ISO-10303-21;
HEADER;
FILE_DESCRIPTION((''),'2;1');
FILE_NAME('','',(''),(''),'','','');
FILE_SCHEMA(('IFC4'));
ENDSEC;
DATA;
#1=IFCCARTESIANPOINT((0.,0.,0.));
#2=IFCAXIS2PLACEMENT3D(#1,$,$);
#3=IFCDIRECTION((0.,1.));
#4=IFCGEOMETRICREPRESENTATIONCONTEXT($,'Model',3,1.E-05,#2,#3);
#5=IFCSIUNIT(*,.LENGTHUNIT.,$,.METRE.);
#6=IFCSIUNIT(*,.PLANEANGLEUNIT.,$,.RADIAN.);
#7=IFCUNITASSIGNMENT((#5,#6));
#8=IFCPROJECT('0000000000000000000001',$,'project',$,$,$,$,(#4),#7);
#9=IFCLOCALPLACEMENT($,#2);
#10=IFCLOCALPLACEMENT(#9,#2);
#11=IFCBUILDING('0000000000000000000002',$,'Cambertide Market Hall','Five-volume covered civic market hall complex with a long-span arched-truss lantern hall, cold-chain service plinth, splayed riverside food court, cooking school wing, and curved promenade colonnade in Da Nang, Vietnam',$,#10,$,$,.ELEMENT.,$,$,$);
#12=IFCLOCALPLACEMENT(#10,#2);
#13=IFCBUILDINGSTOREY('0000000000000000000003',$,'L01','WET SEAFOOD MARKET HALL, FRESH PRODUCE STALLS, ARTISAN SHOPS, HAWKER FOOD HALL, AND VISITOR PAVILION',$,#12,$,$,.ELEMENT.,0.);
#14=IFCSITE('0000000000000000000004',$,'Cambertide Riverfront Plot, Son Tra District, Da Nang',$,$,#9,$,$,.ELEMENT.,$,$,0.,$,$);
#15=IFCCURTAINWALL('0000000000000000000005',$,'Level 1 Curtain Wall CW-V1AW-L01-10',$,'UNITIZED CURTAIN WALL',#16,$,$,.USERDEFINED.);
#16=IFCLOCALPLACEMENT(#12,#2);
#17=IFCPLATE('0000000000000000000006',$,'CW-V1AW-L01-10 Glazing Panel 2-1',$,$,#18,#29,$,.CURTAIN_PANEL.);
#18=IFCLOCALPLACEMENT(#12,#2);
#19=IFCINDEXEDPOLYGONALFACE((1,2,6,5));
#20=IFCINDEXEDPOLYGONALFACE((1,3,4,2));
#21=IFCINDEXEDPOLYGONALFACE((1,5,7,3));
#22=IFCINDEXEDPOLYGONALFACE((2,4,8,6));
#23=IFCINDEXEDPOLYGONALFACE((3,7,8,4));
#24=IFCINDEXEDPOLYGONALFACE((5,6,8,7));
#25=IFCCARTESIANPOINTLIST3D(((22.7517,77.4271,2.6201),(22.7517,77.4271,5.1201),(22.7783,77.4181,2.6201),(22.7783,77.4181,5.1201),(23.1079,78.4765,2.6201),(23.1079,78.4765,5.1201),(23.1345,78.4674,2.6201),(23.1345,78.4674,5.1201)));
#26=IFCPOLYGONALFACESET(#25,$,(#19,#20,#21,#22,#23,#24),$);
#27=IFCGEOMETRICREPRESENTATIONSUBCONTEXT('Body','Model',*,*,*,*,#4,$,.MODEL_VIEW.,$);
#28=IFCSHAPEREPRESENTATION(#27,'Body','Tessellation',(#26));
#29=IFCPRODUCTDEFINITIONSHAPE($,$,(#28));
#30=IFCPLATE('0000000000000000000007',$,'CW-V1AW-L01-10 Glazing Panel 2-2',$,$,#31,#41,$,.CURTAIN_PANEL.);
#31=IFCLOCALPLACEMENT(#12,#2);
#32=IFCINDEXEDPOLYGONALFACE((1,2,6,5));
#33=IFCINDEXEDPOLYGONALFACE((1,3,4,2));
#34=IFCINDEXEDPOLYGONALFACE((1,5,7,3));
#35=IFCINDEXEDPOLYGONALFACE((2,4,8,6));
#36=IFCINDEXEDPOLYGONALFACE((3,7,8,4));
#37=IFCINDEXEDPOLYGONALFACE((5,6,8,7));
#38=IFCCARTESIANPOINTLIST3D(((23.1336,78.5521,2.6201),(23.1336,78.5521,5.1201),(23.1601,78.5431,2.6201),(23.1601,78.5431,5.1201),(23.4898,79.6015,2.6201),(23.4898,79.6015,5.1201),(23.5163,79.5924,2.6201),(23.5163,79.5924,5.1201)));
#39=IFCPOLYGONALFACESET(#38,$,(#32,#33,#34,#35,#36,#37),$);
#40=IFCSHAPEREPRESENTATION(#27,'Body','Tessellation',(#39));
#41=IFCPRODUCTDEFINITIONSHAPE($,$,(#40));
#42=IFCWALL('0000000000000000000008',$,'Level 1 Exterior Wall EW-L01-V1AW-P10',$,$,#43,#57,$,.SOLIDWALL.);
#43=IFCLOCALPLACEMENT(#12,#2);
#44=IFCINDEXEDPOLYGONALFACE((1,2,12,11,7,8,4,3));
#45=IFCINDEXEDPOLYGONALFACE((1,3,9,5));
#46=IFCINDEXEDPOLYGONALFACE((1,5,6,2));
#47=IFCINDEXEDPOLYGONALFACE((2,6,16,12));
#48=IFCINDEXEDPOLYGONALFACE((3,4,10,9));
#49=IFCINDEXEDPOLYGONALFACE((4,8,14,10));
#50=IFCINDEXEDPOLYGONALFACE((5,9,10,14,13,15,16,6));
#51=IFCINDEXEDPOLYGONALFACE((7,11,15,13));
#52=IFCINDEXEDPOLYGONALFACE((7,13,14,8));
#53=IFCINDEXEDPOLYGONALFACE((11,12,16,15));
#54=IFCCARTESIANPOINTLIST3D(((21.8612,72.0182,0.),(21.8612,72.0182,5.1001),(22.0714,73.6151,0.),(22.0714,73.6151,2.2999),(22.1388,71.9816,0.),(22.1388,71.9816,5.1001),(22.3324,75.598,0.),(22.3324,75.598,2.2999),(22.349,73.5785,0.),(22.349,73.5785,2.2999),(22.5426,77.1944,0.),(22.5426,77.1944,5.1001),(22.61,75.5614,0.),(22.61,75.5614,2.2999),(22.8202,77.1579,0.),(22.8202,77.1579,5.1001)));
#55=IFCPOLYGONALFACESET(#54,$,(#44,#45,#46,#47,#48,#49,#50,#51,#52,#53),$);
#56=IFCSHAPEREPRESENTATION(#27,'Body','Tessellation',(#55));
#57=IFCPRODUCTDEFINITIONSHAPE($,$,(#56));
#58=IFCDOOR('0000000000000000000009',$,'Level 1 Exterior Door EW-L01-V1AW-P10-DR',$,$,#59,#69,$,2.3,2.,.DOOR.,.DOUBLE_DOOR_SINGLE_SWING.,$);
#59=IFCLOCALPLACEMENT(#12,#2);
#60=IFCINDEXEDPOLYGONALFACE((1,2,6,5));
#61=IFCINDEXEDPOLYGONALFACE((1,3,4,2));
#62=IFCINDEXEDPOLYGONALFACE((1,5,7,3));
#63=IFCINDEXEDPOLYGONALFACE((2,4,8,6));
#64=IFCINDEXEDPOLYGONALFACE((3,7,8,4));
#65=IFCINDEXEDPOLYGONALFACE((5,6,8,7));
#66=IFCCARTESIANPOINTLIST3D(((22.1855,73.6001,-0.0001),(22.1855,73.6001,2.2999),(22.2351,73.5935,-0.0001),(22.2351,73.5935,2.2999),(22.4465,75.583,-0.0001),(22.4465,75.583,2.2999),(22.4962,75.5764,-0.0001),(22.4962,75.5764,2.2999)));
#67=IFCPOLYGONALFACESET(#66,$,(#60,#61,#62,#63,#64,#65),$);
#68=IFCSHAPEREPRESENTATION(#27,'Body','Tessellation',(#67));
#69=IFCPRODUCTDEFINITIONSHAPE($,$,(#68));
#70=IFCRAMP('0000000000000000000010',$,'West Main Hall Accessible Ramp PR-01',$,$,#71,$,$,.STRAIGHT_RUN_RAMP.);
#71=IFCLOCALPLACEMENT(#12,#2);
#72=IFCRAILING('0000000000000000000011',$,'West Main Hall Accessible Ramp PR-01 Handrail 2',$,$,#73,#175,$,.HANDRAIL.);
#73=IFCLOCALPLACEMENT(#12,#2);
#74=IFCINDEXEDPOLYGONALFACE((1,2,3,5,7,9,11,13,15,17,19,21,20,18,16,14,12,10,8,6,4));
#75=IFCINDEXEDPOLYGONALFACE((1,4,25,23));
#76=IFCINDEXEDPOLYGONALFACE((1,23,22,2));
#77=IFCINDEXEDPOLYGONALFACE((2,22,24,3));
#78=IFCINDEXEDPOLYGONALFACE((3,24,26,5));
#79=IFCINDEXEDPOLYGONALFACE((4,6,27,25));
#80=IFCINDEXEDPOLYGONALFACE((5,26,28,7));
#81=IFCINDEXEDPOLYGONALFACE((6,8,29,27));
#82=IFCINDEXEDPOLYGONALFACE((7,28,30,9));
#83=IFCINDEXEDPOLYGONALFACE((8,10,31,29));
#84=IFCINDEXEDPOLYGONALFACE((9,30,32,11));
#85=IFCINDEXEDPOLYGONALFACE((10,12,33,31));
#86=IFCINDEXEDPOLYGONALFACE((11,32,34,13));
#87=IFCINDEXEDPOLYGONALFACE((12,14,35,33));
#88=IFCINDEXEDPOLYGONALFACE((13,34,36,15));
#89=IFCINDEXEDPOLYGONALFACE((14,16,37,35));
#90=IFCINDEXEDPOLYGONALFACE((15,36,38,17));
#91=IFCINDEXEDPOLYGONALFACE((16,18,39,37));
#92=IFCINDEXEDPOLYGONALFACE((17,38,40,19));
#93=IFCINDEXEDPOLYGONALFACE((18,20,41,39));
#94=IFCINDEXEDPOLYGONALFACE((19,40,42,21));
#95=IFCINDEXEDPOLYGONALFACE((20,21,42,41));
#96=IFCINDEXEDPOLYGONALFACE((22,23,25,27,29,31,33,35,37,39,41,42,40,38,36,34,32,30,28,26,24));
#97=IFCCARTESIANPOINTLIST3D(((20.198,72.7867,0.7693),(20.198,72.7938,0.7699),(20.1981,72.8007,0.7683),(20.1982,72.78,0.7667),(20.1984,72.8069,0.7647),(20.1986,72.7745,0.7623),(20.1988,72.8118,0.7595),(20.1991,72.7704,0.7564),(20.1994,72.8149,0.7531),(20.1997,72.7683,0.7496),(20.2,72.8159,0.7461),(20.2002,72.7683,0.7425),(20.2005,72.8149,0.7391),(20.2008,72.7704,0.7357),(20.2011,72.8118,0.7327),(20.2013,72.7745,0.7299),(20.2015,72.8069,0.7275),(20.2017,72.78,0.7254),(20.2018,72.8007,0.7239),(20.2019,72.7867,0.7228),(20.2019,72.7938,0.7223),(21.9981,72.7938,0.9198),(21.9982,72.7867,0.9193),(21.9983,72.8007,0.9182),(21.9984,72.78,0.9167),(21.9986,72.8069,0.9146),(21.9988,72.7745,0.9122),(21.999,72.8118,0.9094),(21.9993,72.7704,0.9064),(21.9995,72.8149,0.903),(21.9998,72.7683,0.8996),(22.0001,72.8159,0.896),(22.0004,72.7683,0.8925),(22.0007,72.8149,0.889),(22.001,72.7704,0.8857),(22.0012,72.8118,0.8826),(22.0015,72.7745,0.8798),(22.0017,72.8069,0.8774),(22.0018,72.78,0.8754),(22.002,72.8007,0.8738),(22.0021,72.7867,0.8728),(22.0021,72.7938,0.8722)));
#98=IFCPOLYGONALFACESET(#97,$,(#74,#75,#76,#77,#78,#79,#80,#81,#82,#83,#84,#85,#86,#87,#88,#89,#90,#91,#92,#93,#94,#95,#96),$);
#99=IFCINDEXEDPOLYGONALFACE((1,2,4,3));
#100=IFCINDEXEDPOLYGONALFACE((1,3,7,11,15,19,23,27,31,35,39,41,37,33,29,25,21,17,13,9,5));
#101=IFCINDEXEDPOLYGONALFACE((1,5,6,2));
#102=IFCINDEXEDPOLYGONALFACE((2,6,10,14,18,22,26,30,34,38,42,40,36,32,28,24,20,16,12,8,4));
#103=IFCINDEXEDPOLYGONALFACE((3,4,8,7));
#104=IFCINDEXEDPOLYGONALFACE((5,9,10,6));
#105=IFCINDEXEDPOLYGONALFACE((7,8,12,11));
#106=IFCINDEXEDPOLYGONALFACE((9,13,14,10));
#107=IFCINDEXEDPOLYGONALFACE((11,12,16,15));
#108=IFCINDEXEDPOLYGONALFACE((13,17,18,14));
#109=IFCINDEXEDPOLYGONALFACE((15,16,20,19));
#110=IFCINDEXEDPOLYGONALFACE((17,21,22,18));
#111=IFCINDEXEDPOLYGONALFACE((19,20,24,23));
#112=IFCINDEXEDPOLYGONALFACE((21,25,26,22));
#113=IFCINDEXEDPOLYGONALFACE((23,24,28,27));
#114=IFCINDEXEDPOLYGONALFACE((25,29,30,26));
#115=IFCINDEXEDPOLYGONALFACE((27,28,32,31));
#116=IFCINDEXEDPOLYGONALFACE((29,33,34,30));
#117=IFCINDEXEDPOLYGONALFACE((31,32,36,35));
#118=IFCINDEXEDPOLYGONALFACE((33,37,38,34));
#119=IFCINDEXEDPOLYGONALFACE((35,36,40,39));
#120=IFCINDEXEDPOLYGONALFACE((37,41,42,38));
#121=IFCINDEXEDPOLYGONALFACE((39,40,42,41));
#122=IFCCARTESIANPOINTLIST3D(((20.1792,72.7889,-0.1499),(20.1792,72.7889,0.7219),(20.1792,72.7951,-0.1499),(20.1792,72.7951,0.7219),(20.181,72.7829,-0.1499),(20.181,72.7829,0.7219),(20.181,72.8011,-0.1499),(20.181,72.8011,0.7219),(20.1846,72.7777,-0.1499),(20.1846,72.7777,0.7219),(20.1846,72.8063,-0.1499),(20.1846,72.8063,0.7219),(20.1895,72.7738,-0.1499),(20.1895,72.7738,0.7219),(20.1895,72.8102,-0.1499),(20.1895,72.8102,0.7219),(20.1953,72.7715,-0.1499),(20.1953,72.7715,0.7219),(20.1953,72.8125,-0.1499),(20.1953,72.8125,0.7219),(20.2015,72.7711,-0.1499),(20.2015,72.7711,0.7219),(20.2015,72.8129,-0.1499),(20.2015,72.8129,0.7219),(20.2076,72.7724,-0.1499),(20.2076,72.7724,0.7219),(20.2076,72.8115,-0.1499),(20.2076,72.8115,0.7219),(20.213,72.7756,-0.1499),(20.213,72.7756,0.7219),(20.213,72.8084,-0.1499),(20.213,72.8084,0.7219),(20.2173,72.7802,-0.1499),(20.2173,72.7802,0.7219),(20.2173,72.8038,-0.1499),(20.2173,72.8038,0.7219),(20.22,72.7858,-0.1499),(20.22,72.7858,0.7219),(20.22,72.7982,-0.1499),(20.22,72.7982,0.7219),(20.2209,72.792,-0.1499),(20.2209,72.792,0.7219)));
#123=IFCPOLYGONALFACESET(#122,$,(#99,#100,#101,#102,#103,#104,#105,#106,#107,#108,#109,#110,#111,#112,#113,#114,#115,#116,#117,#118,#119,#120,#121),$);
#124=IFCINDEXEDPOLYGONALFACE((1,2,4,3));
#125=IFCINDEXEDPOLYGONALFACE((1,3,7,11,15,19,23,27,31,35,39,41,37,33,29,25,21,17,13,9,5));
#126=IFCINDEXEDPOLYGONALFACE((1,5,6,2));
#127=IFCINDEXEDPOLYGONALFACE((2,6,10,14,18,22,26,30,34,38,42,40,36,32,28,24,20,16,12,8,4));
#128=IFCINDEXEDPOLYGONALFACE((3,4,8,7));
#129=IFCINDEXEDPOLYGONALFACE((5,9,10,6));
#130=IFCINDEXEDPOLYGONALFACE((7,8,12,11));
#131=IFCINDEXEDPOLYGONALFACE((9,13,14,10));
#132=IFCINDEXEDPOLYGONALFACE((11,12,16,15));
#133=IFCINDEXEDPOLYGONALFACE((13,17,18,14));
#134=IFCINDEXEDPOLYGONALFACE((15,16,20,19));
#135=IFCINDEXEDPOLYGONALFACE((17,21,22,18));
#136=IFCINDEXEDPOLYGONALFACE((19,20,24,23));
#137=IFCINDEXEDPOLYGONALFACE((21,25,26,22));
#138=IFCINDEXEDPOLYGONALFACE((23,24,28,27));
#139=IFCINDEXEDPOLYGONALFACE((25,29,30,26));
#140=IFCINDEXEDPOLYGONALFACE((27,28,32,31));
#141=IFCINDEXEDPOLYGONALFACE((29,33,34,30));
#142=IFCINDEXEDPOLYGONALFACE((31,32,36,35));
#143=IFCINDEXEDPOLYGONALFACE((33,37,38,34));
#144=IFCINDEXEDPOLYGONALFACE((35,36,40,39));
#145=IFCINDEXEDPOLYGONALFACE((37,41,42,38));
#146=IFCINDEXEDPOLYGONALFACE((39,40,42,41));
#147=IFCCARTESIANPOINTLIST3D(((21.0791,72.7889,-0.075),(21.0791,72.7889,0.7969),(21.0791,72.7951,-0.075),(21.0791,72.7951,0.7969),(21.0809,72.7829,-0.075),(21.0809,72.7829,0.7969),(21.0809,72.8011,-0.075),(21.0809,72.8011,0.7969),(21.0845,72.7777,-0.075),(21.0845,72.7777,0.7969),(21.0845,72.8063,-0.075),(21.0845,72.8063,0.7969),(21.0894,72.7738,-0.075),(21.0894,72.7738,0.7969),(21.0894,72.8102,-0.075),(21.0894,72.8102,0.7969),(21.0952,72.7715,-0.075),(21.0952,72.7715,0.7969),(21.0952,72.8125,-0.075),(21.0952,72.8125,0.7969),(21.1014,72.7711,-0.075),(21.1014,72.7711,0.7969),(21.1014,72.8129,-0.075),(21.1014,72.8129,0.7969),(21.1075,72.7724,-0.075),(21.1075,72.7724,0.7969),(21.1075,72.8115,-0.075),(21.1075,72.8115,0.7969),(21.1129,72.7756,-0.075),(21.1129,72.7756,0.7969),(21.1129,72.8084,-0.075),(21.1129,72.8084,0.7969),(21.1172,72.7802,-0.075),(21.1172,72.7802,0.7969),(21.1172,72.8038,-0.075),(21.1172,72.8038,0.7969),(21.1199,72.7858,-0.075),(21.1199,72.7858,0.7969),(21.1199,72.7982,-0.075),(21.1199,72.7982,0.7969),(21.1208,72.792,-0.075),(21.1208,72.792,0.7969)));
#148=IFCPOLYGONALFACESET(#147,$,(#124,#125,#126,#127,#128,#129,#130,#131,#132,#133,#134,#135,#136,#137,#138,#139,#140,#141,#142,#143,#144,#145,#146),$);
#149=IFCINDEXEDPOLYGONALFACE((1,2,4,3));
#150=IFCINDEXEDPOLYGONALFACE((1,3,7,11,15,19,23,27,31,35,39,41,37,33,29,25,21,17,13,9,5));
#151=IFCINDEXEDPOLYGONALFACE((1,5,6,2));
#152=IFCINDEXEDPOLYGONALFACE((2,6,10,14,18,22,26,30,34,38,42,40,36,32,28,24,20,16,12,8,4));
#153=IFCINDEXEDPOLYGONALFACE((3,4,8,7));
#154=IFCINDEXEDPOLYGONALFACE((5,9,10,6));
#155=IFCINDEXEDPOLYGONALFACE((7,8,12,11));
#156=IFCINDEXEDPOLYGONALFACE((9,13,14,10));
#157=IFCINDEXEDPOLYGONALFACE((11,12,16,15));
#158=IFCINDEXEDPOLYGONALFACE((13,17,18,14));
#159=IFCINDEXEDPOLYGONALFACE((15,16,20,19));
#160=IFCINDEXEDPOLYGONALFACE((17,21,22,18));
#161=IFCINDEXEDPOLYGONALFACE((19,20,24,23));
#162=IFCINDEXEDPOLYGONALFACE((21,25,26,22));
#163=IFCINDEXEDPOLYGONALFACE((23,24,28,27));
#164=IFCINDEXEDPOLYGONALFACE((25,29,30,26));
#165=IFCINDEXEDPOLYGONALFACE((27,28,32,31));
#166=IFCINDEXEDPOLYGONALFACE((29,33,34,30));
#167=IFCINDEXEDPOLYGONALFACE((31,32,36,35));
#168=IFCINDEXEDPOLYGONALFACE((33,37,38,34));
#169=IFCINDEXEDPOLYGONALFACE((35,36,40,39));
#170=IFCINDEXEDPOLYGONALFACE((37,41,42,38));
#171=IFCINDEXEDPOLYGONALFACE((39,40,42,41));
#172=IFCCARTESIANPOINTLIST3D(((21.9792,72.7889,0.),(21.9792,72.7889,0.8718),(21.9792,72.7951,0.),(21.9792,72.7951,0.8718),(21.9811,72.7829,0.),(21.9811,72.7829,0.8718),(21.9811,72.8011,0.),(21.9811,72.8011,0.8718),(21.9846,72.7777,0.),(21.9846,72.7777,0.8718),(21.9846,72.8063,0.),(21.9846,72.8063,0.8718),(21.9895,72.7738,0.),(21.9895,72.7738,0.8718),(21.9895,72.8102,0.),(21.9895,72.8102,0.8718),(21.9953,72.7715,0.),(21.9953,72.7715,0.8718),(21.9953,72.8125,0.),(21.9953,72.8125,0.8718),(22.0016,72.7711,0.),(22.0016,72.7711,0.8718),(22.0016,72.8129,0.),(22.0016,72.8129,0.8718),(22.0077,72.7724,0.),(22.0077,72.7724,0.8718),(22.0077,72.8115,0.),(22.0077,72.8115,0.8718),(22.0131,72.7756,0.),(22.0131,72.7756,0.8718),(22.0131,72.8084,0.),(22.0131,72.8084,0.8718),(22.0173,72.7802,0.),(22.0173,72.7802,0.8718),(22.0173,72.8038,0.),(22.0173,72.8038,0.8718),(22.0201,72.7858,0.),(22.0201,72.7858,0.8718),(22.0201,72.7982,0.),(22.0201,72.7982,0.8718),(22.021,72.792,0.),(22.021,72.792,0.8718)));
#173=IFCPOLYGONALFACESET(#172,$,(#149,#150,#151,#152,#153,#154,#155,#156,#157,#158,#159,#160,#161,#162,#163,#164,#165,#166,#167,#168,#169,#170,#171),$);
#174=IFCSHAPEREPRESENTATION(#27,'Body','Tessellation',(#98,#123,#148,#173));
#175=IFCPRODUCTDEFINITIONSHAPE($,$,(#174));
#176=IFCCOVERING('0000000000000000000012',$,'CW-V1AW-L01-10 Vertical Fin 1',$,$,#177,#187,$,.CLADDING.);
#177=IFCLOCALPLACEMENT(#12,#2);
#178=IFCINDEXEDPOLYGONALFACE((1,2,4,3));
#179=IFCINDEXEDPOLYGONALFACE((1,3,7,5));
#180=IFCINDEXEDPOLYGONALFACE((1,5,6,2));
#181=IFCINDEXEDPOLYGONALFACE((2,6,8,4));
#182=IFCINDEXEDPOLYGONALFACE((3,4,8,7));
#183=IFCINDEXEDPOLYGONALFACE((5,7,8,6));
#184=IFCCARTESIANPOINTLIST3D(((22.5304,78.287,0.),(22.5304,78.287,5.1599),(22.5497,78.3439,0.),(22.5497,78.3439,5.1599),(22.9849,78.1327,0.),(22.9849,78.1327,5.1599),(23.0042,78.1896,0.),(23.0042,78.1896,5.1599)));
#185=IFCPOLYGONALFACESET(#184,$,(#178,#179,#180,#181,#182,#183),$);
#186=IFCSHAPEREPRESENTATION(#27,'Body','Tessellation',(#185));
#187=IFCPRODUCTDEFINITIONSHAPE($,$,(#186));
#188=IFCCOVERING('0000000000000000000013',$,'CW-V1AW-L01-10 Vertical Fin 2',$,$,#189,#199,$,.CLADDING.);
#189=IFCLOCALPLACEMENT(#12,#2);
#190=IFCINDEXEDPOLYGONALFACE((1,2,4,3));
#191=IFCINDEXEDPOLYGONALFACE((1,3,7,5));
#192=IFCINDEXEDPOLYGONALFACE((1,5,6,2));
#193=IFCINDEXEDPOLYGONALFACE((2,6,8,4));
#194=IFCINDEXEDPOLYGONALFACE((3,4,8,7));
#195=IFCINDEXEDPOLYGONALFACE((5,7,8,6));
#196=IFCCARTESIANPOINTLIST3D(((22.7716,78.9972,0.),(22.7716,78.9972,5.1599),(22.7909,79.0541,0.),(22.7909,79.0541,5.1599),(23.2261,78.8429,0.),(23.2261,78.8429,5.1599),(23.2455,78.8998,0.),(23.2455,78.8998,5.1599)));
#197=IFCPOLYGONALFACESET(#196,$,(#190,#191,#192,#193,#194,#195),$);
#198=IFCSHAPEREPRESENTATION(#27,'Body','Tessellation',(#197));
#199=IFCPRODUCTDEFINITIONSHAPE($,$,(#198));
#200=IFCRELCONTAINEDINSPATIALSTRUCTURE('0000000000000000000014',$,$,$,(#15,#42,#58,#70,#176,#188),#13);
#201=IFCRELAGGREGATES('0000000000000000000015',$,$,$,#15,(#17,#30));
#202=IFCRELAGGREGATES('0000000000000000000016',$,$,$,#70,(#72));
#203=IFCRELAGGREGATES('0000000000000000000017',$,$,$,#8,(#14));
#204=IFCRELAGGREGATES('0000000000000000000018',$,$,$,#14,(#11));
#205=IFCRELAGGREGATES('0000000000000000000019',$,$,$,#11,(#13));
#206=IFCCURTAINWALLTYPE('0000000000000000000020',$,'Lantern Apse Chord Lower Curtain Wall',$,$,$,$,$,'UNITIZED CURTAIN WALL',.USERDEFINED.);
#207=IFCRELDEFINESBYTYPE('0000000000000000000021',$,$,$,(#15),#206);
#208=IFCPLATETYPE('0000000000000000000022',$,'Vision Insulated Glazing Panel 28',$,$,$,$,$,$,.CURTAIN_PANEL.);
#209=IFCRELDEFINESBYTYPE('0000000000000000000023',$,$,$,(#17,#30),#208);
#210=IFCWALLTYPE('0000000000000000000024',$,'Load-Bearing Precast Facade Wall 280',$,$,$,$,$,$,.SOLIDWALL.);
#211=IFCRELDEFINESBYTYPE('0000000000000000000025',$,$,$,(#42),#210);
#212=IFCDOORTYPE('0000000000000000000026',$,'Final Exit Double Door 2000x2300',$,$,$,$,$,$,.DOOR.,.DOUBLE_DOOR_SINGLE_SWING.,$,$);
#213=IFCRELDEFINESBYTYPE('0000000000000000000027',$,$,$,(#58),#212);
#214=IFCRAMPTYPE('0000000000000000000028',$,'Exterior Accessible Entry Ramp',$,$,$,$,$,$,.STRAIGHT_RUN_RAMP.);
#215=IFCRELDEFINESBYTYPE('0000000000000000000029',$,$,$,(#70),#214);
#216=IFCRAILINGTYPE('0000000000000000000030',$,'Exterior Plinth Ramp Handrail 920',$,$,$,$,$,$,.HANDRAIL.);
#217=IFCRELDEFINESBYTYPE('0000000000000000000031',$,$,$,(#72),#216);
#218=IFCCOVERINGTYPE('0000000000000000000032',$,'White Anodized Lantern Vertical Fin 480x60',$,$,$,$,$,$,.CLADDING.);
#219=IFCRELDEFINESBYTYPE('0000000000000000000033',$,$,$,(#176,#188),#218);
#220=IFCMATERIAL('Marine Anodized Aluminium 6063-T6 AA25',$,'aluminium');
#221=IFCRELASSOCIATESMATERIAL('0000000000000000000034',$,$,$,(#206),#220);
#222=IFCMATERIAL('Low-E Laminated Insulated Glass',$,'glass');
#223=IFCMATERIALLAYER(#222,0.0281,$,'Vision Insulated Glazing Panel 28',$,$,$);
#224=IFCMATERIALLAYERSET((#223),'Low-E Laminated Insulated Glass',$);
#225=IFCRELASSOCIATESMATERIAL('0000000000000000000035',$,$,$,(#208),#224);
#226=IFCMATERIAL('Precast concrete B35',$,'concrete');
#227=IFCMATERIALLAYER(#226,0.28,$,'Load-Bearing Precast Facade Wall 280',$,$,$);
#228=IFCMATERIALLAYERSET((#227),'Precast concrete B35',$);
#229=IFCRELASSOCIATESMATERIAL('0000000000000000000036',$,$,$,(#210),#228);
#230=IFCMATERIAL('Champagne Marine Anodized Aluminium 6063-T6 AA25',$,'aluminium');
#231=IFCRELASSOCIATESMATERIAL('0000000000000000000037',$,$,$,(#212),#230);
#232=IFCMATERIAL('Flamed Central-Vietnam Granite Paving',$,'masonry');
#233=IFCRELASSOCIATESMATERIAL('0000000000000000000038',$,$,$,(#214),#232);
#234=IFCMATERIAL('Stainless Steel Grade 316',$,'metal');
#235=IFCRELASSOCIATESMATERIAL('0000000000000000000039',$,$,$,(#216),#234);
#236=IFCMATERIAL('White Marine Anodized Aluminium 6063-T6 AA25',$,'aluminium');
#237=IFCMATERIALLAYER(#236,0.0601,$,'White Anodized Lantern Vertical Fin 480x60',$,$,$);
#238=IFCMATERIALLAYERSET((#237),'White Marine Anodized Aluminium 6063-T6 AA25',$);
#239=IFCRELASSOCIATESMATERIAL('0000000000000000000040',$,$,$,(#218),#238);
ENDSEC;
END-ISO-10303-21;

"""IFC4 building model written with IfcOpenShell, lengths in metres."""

from ifc_helpers import new_model, si_unit, direction, frame, frame_2d, origin, origin_2d, place, context, subcontext, project, spatial, rectangle, circle, extrude, material, layer, layer_set, type_object, element, fill, aggregate, save


model = new_model("IFC4")

# Units and contexts
model_context = context("Model", 3, precision=1e-05, world=origin(), true_north=direction((0.0, 1.0)))
body_context = subcontext(model_context, "Body", "Model", "MODEL_VIEW")
ifc_project = project(units=[si_unit("LENGTHUNIT", "METRE"), si_unit("PLANEANGLEUNIT", "RADIAN")], contexts=[model_context])

# Site, building, storey
site_placement = place(None, origin())
site = spatial("IfcSite", under=ifc_project, at=site_placement, Name="Cambertide Riverfront Plot, Son Tra District, Da Nang", CompositionType="ELEMENT", RefElevation=0.0)
building_placement = place(site_placement, origin())
building = spatial("IfcBuilding", under=site, at=building_placement, Name="Cambertide Market Hall", Description="Five-volume covered civic market hall complex with a long-span arched-truss lantern hall, cold-chain service plinth, splayed riverside food court, cooking school wing, and curved promenade colonnade in Da Nang, Vietnam", CompositionType="ELEMENT")
storey_placement = place(building_placement, origin())
storey = spatial("IfcBuildingStorey", under=building, at=storey_placement, Name="L01", Description="WET SEAFOOD MARKET HALL, FRESH PRODUCE STALLS, ARTISAN SHOPS, HAWKER FOOD HALL, AND VISITOR PAVILION", CompositionType="ELEMENT", Elevation=0.0)

# Shared definitions
ifc_material_1 = material(Name="Marine Anodized Aluminium 6063-T6 AA25", Category="aluminium")
curtain_wall_type = type_object("IfcCurtainWallType", Name="Lantern Apse Chord Lower Curtain Wall", ElementType="UNITIZED CURTAIN WALL", PredefinedType="USERDEFINED", material=ifc_material_1)

# Curtain wall
curtain_wall_1_placement = place(storey_placement, origin())
curtain_wall_1 = element("IfcCurtainWall", 1, at=curtain_wall_1_placement, inside=storey, type_object=curtain_wall_type, Name="Level 1 Curtain Wall CW-V1AW-L01-10", ObjectType="UNITIZED CURTAIN WALL", PredefinedType="USERDEFINED")

# Plates
ifc_material_2 = material(Name="Low-E Laminated Insulated Glass", Category="glass")
ifc_layer_1 = layer(ifc_material_2, 0.0281, Name="Vision Insulated Glazing Panel 28")
ifc_layer_set_1 = layer_set([ifc_layer_1], Name="Low-E Laminated Insulated Glass")
plate_type = type_object("IfcPlateType", Name="Vision Insulated Glazing Panel 28", PredefinedType="CURTAIN_PANEL", material=ifc_layer_set_1)
plate_1_placement = place(storey_placement, frame((22.9431, 77.9473, 2.6201), z_axis=(0.0, 0.0, 1.0), x_axis=(0.321439, 0.94693, 0.0)))
plate_1 = element("IfcPlate", 2, at=plate_1_placement, type_object=plate_type, Name="CW-V1AW-L01-10 Glazing Panel 2-1", PredefinedType="CURTAIN_PANEL", context=body_context, shape_type="SweptSolid", body=[
    extrude(rectangle(XDim=1.1082, YDim=0.0281, at=origin_2d()), origin(), (0.0, 0.0, 1.0), 2.5),
])
plate_2_placement = place(storey_placement, frame((23.325, 79.0723, 2.6201), z_axis=(0.0, 0.0, 1.0), x_axis=(0.321439, 0.94693, 0.0)))
plate_2 = element("IfcPlate", 3, at=plate_2_placement, type_object=plate_type, Name="CW-V1AW-L01-10 Glazing Panel 2-2", PredefinedType="CURTAIN_PANEL", context=body_context, shape_type="SweptSolid", body=[
    extrude(rectangle(XDim=1.1082, YDim=0.0281, at=origin_2d()), origin(), (0.0, 0.0, 1.0), 2.5),
])
aggregate(curtain_wall_1, [plate_1, plate_2])

# Wall, opening, door
ifc_material_3 = material(Name="Precast concrete B35", Category="concrete")
ifc_layer_2 = layer(ifc_material_3, 0.28, Name="Load-Bearing Precast Facade Wall 280")
ifc_layer_set_2 = layer_set([ifc_layer_2], Name="Precast concrete B35")
wall_type = type_object("IfcWallType", Name="Load-Bearing Precast Facade Wall 280", PredefinedType="SOLIDWALL", material=ifc_layer_set_2)
wall_placement = place(storey_placement, frame((22.0, 72.0, 0.0), z_axis=(0.0, 0.0, 1.0), x_axis=(0.130513, 0.991447, 0.0)))
wall = element("IfcWall", 4, at=wall_placement, inside=storey, type_object=wall_type, Name="Level 1 Exterior Wall EW-L01-V1AW-P10", PredefinedType="SOLIDWALL", context=body_context, shape_type="SweptSolid", body=[
    extrude(rectangle(XDim=5.2209, YDim=0.28, at=frame_2d((2.6104, 0.0))), origin(), (0.0, 0.0, 1.0), 5.1001),
])
opening_placement = place(wall_placement, frame((1.6106, 0.0, 0.0)))
opening = element("IfcOpeningElement", 5, at=opening_placement, cuts=wall, PredefinedType="OPENING", context=body_context, shape_type="SweptSolid", body=[
    extrude(rectangle(XDim=2.0, YDim=2.3, at=frame_2d((1.0, 1.1499))), frame((0.0, 0.1499, 0.0), z_axis=(0.0, -1.0, 0.0), x_axis=(1.0, 0.0, 0.0)), (0.0, 0.0, 1.0), 0.3),
])
ifc_material_4 = material(Name="Champagne Marine Anodized Aluminium 6063-T6 AA25", Category="aluminium")
door_type = type_object("IfcDoorType", Name="Final Exit Double Door 2000x2300", OperationType="DOUBLE_DOOR_SINGLE_SWING", PredefinedType="DOOR", material=ifc_material_4)
door_placement = place(opening_placement, origin())
door = element("IfcDoor", 6, at=door_placement, inside=storey, type_object=door_type, Name="Level 1 Exterior Door EW-L01-V1AW-P10-DR", OperationType="DOUBLE_DOOR_SINGLE_SWING", OverallHeight=2.3, OverallWidth=2.0, PredefinedType="DOOR", context=body_context, shape_type="SweptSolid", body=[
    extrude(rectangle(XDim=2.0, YDim=2.3, at=frame_2d((1.0, 1.1499))), frame((0.0, 0.0249, 0.0), z_axis=(0.0, -1.0, 0.0), x_axis=(1.0, 0.0, 0.0)), (0.0, 0.0, 1.0), 0.05),
])
fill(opening, door)

# Ramp, railing
ifc_material_5 = material(Name="Flamed Central-Vietnam Granite Paving", Category="masonry")
ramp_type = type_object("IfcRampType", Name="Exterior Accessible Entry Ramp", PredefinedType="STRAIGHT_RUN_RAMP", material=ifc_material_5)
ramp_placement = place(storey_placement, origin())
ramp = element("IfcRamp", 7, at=ramp_placement, inside=storey, type_object=ramp_type, Name="West Main Hall Accessible Ramp PR-01", PredefinedType="STRAIGHT_RUN_RAMP")
ifc_material_6 = material(Name="Stainless Steel Grade 316", Category="metal")
railing_type = type_object("IfcRailingType", Name="Exterior Plinth Ramp Handrail 920", PredefinedType="HANDRAIL", material=ifc_material_6)
railing_placement = place(storey_placement, frame((20.2, 72.792, -0.1499)))
railing = element("IfcRailing", 8, at=railing_placement, type_object=railing_type, Name="West Main Hall Accessible Ramp PR-01 Handrail 2", PredefinedType="HANDRAIL", context=body_context, shape_type="SweptSolid", body=[
    extrude(circle(Radius=0.0239, at=origin_2d()), frame((0.0, 0.0, 0.896), z_axis=(0.99655, 0.0, 0.08299), x_axis=(0.0, 1.0, 0.0)), (0.0, 0.0, 1.0), 1.8064),
    extrude(circle(Radius=0.021, at=origin_2d()), origin(), (0.0, 0.0, 1.0), 0.8718),
    extrude(circle(Radius=0.021, at=origin_2d()), frame((0.8999, 0.0, 0.075)), (0.0, 0.0, 1.0), 0.8718),
    extrude(circle(Radius=0.021, at=origin_2d()), frame((1.8, 0.0, 0.1499)), (0.0, 0.0, 1.0), 0.8718),
])
aggregate(ramp, [railing])

# Coverings
ifc_material_7 = material(Name="White Marine Anodized Aluminium 6063-T6 AA25", Category="aluminium")
ifc_layer_3 = layer(ifc_material_7, 0.0601, Name="White Anodized Lantern Vertical Fin 480x60")
ifc_layer_set_3 = layer_set([ifc_layer_3], Name="White Marine Anodized Aluminium 6063-T6 AA25")
covering_type = type_object("IfcCoveringType", Name="White Anodized Lantern Vertical Fin 480x60", PredefinedType="CLADDING", material=ifc_layer_set_3)
for number, where, z_axis, x_axis, name in (
    (9, (22.7673, 78.2383, 0.0), (0.0, 0.0, 1.0), (0.321439, 0.94693, 0.0), "CW-V1AW-L01-10 Vertical Fin 1"),
    (10, (23.0085, 78.9485, 0.0), (0.0, 0.0, 1.0), (0.321439, 0.94693, 0.0), "CW-V1AW-L01-10 Vertical Fin 2"),
):
    element("IfcCovering", number, at=place(storey_placement, frame(where, z_axis=z_axis, x_axis=x_axis)), inside=storey, type_object=covering_type, Name=name, PredefinedType="CLADDING", context=body_context, shape_type="SweptSolid", body=[
        extrude(rectangle(XDim=0.0601, YDim=0.48, at=origin_2d()), origin(), (0.0, 0.0, 1.0), 5.1599),
    ])

save(model, "model.ifc")
